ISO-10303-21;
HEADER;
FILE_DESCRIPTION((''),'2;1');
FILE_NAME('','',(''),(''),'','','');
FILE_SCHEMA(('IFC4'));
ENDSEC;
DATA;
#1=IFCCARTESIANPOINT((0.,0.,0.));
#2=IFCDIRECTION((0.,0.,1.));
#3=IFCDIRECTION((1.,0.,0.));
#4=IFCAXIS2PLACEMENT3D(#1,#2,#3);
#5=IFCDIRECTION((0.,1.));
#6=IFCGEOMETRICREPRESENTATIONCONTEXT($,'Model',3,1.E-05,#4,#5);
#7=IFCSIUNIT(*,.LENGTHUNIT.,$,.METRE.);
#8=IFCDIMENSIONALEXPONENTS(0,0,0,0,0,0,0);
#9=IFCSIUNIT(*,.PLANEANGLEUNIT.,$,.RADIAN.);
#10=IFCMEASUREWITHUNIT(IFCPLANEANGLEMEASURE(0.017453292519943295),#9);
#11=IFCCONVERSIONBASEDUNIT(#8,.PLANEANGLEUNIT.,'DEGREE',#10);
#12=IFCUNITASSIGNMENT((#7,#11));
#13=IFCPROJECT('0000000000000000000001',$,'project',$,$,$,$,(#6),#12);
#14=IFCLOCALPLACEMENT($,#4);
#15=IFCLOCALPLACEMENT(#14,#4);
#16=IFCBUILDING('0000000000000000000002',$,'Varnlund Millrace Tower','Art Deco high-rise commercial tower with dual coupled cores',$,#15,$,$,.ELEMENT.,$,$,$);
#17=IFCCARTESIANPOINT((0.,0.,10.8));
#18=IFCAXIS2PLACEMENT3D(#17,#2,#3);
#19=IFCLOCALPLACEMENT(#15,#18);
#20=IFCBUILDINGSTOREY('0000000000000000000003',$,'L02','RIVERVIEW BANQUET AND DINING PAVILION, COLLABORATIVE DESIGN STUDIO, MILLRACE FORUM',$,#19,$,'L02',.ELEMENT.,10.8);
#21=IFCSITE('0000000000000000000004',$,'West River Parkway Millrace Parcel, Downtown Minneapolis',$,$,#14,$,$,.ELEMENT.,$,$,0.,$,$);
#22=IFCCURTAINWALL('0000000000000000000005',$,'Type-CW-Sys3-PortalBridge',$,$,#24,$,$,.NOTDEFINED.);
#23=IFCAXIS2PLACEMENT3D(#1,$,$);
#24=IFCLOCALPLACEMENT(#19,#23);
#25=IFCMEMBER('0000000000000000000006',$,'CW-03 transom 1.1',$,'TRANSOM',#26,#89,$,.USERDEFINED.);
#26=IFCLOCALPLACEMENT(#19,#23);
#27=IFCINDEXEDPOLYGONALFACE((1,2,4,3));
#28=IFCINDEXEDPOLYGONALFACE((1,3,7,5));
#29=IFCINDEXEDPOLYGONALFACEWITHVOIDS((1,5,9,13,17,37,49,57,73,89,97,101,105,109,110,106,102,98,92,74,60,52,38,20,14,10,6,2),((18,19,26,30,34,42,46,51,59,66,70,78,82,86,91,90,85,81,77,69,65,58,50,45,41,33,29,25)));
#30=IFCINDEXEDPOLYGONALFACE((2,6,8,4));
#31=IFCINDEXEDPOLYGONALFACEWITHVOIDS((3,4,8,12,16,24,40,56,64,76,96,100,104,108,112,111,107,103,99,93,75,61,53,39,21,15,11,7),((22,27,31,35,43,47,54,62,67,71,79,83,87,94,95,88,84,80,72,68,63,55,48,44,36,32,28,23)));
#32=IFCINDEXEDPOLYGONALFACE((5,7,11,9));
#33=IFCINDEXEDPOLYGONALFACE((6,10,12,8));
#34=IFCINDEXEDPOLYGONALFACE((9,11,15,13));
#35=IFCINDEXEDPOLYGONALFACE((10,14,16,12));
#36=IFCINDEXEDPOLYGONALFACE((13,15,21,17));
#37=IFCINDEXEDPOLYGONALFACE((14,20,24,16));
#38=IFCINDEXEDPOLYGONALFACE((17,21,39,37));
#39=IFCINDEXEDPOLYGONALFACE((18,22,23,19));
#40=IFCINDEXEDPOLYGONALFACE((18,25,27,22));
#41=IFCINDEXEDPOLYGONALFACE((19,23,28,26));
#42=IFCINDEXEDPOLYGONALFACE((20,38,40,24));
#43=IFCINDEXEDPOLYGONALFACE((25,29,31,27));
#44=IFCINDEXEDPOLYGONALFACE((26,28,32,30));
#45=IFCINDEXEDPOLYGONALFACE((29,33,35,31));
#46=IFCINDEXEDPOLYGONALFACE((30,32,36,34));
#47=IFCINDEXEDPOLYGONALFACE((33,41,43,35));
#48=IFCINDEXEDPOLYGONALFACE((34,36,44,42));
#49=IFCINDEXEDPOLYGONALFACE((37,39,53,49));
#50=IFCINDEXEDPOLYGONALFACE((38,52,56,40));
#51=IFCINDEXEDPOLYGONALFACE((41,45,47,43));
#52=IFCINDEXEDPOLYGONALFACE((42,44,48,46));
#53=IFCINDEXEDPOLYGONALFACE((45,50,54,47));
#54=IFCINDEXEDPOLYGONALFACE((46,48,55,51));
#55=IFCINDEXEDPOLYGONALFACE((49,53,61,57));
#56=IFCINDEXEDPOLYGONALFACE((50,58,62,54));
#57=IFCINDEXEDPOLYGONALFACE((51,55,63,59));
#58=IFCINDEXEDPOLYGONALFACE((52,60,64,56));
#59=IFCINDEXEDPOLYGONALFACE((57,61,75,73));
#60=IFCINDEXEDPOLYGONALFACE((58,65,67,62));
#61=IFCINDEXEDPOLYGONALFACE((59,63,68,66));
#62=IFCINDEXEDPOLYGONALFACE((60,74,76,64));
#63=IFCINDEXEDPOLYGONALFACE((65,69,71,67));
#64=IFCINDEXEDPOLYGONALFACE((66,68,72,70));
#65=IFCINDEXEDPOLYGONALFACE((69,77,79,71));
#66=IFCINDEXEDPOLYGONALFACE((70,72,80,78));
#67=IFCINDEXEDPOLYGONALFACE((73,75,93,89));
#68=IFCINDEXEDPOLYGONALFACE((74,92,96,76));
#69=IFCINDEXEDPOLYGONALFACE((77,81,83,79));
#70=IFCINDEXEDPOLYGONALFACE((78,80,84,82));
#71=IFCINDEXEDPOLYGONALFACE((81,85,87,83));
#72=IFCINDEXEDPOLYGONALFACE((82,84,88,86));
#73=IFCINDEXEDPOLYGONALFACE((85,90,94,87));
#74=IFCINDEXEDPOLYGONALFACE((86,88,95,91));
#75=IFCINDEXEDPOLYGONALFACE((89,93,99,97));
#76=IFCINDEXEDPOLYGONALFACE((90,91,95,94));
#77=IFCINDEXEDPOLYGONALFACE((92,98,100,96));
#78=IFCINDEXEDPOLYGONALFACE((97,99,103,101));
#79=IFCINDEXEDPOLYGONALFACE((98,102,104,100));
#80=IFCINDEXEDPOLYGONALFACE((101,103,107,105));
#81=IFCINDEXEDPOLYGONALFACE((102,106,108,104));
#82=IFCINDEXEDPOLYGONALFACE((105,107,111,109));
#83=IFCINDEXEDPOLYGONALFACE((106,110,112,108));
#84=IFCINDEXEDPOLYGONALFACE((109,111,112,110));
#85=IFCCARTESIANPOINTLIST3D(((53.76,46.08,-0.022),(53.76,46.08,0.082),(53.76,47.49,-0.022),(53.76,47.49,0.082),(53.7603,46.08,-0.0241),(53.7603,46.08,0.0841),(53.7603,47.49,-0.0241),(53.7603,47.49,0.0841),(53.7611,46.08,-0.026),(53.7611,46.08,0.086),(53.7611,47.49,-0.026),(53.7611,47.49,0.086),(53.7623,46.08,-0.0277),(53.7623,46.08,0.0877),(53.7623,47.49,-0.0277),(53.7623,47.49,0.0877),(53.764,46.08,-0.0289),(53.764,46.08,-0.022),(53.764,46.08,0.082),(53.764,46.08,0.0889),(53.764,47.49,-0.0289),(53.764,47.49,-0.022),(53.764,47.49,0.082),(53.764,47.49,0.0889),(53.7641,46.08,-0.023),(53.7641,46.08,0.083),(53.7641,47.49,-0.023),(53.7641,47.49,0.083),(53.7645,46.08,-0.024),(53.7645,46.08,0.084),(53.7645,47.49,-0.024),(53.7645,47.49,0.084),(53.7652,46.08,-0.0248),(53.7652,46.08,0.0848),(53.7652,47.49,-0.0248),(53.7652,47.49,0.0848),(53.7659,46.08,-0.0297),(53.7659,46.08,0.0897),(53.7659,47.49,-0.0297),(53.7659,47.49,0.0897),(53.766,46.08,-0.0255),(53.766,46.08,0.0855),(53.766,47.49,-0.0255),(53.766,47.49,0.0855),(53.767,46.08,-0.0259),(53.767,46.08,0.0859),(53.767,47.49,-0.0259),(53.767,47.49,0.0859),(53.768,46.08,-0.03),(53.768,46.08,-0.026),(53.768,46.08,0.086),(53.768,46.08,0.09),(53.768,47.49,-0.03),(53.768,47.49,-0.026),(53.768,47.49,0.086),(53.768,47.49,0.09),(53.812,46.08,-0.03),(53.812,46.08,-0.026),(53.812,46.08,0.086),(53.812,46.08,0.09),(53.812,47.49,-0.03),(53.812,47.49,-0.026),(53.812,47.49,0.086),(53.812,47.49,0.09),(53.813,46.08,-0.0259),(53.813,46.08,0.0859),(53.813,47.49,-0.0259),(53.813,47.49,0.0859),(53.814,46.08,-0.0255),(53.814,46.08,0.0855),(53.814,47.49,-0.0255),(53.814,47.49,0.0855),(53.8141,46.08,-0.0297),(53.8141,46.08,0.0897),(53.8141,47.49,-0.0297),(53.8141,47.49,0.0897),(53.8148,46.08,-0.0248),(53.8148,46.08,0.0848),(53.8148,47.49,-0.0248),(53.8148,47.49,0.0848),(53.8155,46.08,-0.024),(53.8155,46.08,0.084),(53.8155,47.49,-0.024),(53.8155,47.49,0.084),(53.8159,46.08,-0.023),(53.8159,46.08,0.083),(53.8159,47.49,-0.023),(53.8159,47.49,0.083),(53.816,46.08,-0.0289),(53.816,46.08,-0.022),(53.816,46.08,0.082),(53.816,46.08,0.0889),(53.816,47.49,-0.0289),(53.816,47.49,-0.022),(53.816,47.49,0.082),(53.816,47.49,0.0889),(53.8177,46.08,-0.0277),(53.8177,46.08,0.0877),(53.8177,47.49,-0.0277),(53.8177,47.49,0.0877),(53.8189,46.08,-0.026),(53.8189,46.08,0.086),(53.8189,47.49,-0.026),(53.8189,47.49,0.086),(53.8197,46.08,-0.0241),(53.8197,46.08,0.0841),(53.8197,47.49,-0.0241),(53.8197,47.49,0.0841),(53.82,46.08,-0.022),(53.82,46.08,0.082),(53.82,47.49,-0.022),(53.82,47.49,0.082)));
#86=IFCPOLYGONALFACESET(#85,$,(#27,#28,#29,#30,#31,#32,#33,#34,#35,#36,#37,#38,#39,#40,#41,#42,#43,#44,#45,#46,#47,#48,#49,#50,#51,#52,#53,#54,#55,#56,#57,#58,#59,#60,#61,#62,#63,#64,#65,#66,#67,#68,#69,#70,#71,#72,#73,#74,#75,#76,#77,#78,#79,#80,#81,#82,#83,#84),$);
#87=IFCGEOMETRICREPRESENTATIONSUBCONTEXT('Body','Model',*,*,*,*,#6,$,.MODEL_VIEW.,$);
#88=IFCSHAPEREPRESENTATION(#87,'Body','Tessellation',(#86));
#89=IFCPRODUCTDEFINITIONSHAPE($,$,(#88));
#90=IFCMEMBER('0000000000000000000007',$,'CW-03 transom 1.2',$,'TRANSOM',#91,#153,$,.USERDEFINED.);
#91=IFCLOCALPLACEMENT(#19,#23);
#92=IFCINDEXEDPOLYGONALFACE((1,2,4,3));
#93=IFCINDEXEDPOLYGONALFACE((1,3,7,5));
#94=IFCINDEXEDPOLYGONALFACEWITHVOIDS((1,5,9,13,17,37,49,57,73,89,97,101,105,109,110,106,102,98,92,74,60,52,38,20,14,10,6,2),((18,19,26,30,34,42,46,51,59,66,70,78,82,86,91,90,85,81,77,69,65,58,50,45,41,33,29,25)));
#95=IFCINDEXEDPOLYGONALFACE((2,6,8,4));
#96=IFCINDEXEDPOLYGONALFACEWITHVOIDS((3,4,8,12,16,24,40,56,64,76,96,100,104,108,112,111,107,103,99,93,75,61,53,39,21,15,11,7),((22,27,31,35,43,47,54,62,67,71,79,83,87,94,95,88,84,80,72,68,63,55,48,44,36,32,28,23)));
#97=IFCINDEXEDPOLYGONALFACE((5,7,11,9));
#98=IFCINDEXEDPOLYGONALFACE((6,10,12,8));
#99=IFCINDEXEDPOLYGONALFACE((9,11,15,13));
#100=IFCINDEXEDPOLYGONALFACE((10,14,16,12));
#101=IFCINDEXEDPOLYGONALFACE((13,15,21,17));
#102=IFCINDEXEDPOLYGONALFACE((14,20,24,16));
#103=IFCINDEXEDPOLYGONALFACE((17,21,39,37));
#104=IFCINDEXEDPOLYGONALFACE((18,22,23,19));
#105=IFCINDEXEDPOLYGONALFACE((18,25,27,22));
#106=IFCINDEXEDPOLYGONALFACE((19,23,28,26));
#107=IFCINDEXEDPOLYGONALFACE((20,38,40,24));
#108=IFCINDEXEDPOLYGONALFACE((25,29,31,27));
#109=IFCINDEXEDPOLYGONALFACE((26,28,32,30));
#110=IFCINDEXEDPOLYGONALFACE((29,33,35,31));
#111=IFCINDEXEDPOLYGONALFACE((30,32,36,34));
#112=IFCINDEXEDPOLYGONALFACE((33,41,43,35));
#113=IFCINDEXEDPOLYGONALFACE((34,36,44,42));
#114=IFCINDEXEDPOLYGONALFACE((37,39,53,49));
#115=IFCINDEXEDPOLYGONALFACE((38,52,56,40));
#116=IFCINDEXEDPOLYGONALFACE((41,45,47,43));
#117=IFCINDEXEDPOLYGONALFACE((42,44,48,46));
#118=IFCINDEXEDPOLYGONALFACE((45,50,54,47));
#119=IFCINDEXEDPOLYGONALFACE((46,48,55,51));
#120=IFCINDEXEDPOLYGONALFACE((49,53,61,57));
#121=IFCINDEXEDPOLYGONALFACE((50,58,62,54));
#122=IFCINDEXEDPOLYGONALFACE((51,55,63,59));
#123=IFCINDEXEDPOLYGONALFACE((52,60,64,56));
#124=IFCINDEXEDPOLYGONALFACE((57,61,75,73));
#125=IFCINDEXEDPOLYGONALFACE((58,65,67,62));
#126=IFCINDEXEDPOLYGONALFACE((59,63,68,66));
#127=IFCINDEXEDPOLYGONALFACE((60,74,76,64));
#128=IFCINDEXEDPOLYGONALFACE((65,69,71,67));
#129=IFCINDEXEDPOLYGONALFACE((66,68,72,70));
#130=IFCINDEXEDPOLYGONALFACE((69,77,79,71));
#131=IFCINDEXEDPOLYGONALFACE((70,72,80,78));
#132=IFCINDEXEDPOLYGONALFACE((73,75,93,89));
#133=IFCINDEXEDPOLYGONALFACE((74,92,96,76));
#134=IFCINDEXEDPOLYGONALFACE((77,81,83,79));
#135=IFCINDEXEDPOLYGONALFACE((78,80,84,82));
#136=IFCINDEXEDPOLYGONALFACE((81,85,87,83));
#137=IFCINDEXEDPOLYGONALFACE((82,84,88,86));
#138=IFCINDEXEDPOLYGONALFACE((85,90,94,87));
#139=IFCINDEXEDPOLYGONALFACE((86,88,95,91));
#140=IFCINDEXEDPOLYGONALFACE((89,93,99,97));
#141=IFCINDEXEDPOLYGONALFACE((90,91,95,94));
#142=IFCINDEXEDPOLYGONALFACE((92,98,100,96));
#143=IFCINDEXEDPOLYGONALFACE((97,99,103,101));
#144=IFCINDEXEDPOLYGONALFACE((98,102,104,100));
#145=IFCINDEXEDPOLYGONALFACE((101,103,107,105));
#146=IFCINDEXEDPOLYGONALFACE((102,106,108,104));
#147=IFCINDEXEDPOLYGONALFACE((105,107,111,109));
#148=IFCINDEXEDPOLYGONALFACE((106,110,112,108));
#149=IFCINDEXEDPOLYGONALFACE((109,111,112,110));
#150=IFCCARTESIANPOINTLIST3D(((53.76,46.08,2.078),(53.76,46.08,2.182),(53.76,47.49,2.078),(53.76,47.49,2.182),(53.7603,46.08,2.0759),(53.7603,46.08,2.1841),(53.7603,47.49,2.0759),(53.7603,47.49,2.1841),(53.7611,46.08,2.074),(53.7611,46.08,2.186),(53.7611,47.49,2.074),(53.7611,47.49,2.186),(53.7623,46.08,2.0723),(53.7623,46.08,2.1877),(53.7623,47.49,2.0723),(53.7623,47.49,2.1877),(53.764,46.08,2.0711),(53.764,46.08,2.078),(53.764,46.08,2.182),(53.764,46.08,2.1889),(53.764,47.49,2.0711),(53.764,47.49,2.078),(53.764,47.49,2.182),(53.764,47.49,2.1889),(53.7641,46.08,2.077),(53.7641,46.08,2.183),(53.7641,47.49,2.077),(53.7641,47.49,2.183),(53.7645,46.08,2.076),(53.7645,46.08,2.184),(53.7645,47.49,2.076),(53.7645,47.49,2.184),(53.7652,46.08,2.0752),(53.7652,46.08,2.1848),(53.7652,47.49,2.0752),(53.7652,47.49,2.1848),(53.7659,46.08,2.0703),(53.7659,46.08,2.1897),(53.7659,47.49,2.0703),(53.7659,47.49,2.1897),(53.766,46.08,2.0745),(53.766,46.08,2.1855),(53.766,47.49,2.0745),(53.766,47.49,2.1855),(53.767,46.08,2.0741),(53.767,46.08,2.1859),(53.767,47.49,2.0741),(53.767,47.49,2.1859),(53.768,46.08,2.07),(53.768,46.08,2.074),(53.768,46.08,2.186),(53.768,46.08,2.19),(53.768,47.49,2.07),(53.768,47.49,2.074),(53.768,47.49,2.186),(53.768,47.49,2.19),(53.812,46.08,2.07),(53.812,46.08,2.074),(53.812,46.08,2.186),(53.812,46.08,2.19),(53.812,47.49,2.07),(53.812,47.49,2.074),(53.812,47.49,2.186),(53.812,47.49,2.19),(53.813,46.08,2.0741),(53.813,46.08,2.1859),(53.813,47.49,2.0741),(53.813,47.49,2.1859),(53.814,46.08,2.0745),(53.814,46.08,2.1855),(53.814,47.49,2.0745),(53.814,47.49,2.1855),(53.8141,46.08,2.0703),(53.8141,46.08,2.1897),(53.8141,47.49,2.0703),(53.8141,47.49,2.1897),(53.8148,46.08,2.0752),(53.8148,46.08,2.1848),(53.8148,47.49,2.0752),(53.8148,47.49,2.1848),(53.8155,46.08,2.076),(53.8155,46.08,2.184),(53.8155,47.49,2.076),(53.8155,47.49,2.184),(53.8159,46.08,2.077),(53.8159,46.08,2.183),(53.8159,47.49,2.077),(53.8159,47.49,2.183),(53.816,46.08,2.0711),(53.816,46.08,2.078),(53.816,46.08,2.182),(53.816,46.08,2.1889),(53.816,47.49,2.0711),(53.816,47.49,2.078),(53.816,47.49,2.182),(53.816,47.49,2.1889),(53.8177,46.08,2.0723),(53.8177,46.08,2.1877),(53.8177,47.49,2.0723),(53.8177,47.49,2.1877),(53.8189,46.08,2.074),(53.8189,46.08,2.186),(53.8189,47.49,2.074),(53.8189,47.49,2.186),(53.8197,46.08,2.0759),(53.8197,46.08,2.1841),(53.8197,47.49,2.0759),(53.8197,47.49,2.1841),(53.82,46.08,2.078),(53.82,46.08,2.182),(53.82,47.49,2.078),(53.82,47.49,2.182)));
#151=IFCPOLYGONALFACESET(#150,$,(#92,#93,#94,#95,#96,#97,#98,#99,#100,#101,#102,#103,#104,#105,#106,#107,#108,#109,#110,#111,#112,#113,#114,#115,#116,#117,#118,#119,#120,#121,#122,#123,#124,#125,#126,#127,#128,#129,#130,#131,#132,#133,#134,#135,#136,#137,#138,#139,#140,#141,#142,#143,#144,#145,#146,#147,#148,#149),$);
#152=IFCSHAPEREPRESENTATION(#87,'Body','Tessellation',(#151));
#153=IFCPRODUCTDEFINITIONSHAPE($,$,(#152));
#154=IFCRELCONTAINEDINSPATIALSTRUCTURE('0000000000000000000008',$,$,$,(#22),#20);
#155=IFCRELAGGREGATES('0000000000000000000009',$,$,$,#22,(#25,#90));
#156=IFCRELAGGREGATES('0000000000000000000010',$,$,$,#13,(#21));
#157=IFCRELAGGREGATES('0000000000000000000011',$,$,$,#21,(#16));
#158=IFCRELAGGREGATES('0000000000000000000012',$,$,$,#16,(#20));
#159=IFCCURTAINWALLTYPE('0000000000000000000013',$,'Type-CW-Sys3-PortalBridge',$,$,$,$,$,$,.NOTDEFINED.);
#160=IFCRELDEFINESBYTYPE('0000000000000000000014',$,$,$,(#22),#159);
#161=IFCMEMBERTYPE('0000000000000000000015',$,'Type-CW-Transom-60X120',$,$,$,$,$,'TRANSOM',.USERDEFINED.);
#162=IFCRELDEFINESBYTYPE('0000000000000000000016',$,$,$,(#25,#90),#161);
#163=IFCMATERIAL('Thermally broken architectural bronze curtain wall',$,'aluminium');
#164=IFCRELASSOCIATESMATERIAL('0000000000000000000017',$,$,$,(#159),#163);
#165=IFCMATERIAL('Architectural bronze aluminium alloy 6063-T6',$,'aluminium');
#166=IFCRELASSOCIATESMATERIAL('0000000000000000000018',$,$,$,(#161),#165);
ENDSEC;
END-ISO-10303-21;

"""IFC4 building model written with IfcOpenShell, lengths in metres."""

from ifc_helpers import new_model, entity, si_unit, converted_unit, direction, frame, origin_with_axes, origin_2d_with_axis, place, context, subcontext, project, spatial, hollow_rectangle, extrude, material, material_profile, profile_set, type_object, element, aggregate, save


model = new_model("IFC4")

# Units and contexts
model_context = context("Model", 3, precision=1e-05, world=origin_with_axes(), true_north=direction((0.0, 1.0)))
body_context = subcontext(model_context, "Body", "Model", "MODEL_VIEW")
ifc_project = project(units=[si_unit("LENGTHUNIT", "METRE"), converted_unit("PLANEANGLEUNIT", "DEGREE", entity("IfcPlaneAngleMeasure", 0.017453292519943295), si_unit("PLANEANGLEUNIT", "RADIAN"), dimensions=[0, 0, 0, 0, 0, 0, 0])], contexts=[model_context])

# Site, building, storey
site_placement = place(None, origin_with_axes())
site = spatial("IfcSite", under=ifc_project, at=site_placement, Name="West River Parkway Millrace Parcel, Downtown Minneapolis", CompositionType="ELEMENT", RefElevation=0.0)
building_placement = place(site_placement, origin_with_axes())
building = spatial("IfcBuilding", under=site, at=building_placement, Name="Varnlund Millrace Tower", Description="Art Deco high-rise commercial tower with dual coupled cores", CompositionType="ELEMENT")
storey_placement = place(building_placement, frame((0.0, 0.0, 10.8), z_axis=(0.0, 0.0, 1.0), x_axis=(1.0, 0.0, 0.0)))
storey = spatial("IfcBuildingStorey", under=building, at=storey_placement, Name="L02", Description="RIVERVIEW BANQUET AND DINING PAVILION, COLLABORATIVE DESIGN STUDIO, MILLRACE FORUM", LongName="L02", CompositionType="ELEMENT", Elevation=10.8)

# Curtain wall
ifc_material_1 = material(Name="Thermally broken architectural bronze curtain wall", Category="aluminium")
curtain_wall_type = type_object("IfcCurtainWallType", Name="Type-CW-Sys3-PortalBridge", PredefinedType="NOTDEFINED", material=ifc_material_1)
ifc_material_2 = material(Name="Architectural bronze aluminium alloy 6063-T6", Category="aluminium")
curtain_wall_1_placement = place(storey_placement, frame((53.79, 47.55, 0.0), z_axis=(0.0, 0.0, 1.0), x_axis=(1.0, 0.0, 0.0)))
curtain_wall_1 = element("IfcCurtainWall", 1, at=curtain_wall_1_placement, inside=storey, type_object=curtain_wall_type, Name="Type-CW-Sys3-PortalBridge", PredefinedType="NOTDEFINED")

# Members
ifc_material_profile_1 = material_profile(ifc_material_2, hollow_rectangle(XDim=0.06, YDim=0.12, WallThickness=0.004, InnerFilletRadius=0.004, OuterFilletRadius=0.008, at=origin_2d_with_axis()), Name="Architectural bronze aluminium alloy 6063-T6")
ifc_profile_set_1 = profile_set([ifc_material_profile_1], Name="Architectural bronze aluminium alloy 6063-T6")
member_type_1 = type_object("IfcMemberType", Name="Type-CW-Transom-60X120", ElementType="TRANSOM", PredefinedType="USERDEFINED", material=ifc_profile_set_1)
member_1_placement = place(storey_placement, frame((53.79, 47.49, 0.03), z_axis=(0.0, -1.0, 0.0), x_axis=(1.0, 0.0, 0.0)))
member_1 = element("IfcMember", 2, at=member_1_placement, type_object=member_type_1, Name="CW-03 transom 1.1", ObjectType="TRANSOM", PredefinedType="USERDEFINED", context=body_context, shape_type="SweptSolid", body=[
    extrude(hollow_rectangle(XDim=0.06, YDim=0.12, WallThickness=0.004, InnerFilletRadius=0.004, OuterFilletRadius=0.008, at=origin_2d_with_axis()), origin_with_axes(), (0.0, 0.0, 1.0), 1.41),
])
member_2_placement = place(storey_placement, frame((53.79, 47.49, 2.13), z_axis=(0.0, -1.0, 0.0), x_axis=(1.0, 0.0, 0.0)))
member_2 = element("IfcMember", 3, at=member_2_placement, type_object=member_type_1, Name="CW-03 transom 1.2", ObjectType="TRANSOM", PredefinedType="USERDEFINED", context=body_context, shape_type="SweptSolid", body=[
    extrude(hollow_rectangle(XDim=0.06, YDim=0.12, WallThickness=0.004, InnerFilletRadius=0.004, OuterFilletRadius=0.008, at=origin_2d_with_axis()), origin_with_axes(), (0.0, 0.0, 1.0), 1.41),
])

aggregate(curtain_wall_1, [member_1, member_2])

save(model, "model.ifc")
